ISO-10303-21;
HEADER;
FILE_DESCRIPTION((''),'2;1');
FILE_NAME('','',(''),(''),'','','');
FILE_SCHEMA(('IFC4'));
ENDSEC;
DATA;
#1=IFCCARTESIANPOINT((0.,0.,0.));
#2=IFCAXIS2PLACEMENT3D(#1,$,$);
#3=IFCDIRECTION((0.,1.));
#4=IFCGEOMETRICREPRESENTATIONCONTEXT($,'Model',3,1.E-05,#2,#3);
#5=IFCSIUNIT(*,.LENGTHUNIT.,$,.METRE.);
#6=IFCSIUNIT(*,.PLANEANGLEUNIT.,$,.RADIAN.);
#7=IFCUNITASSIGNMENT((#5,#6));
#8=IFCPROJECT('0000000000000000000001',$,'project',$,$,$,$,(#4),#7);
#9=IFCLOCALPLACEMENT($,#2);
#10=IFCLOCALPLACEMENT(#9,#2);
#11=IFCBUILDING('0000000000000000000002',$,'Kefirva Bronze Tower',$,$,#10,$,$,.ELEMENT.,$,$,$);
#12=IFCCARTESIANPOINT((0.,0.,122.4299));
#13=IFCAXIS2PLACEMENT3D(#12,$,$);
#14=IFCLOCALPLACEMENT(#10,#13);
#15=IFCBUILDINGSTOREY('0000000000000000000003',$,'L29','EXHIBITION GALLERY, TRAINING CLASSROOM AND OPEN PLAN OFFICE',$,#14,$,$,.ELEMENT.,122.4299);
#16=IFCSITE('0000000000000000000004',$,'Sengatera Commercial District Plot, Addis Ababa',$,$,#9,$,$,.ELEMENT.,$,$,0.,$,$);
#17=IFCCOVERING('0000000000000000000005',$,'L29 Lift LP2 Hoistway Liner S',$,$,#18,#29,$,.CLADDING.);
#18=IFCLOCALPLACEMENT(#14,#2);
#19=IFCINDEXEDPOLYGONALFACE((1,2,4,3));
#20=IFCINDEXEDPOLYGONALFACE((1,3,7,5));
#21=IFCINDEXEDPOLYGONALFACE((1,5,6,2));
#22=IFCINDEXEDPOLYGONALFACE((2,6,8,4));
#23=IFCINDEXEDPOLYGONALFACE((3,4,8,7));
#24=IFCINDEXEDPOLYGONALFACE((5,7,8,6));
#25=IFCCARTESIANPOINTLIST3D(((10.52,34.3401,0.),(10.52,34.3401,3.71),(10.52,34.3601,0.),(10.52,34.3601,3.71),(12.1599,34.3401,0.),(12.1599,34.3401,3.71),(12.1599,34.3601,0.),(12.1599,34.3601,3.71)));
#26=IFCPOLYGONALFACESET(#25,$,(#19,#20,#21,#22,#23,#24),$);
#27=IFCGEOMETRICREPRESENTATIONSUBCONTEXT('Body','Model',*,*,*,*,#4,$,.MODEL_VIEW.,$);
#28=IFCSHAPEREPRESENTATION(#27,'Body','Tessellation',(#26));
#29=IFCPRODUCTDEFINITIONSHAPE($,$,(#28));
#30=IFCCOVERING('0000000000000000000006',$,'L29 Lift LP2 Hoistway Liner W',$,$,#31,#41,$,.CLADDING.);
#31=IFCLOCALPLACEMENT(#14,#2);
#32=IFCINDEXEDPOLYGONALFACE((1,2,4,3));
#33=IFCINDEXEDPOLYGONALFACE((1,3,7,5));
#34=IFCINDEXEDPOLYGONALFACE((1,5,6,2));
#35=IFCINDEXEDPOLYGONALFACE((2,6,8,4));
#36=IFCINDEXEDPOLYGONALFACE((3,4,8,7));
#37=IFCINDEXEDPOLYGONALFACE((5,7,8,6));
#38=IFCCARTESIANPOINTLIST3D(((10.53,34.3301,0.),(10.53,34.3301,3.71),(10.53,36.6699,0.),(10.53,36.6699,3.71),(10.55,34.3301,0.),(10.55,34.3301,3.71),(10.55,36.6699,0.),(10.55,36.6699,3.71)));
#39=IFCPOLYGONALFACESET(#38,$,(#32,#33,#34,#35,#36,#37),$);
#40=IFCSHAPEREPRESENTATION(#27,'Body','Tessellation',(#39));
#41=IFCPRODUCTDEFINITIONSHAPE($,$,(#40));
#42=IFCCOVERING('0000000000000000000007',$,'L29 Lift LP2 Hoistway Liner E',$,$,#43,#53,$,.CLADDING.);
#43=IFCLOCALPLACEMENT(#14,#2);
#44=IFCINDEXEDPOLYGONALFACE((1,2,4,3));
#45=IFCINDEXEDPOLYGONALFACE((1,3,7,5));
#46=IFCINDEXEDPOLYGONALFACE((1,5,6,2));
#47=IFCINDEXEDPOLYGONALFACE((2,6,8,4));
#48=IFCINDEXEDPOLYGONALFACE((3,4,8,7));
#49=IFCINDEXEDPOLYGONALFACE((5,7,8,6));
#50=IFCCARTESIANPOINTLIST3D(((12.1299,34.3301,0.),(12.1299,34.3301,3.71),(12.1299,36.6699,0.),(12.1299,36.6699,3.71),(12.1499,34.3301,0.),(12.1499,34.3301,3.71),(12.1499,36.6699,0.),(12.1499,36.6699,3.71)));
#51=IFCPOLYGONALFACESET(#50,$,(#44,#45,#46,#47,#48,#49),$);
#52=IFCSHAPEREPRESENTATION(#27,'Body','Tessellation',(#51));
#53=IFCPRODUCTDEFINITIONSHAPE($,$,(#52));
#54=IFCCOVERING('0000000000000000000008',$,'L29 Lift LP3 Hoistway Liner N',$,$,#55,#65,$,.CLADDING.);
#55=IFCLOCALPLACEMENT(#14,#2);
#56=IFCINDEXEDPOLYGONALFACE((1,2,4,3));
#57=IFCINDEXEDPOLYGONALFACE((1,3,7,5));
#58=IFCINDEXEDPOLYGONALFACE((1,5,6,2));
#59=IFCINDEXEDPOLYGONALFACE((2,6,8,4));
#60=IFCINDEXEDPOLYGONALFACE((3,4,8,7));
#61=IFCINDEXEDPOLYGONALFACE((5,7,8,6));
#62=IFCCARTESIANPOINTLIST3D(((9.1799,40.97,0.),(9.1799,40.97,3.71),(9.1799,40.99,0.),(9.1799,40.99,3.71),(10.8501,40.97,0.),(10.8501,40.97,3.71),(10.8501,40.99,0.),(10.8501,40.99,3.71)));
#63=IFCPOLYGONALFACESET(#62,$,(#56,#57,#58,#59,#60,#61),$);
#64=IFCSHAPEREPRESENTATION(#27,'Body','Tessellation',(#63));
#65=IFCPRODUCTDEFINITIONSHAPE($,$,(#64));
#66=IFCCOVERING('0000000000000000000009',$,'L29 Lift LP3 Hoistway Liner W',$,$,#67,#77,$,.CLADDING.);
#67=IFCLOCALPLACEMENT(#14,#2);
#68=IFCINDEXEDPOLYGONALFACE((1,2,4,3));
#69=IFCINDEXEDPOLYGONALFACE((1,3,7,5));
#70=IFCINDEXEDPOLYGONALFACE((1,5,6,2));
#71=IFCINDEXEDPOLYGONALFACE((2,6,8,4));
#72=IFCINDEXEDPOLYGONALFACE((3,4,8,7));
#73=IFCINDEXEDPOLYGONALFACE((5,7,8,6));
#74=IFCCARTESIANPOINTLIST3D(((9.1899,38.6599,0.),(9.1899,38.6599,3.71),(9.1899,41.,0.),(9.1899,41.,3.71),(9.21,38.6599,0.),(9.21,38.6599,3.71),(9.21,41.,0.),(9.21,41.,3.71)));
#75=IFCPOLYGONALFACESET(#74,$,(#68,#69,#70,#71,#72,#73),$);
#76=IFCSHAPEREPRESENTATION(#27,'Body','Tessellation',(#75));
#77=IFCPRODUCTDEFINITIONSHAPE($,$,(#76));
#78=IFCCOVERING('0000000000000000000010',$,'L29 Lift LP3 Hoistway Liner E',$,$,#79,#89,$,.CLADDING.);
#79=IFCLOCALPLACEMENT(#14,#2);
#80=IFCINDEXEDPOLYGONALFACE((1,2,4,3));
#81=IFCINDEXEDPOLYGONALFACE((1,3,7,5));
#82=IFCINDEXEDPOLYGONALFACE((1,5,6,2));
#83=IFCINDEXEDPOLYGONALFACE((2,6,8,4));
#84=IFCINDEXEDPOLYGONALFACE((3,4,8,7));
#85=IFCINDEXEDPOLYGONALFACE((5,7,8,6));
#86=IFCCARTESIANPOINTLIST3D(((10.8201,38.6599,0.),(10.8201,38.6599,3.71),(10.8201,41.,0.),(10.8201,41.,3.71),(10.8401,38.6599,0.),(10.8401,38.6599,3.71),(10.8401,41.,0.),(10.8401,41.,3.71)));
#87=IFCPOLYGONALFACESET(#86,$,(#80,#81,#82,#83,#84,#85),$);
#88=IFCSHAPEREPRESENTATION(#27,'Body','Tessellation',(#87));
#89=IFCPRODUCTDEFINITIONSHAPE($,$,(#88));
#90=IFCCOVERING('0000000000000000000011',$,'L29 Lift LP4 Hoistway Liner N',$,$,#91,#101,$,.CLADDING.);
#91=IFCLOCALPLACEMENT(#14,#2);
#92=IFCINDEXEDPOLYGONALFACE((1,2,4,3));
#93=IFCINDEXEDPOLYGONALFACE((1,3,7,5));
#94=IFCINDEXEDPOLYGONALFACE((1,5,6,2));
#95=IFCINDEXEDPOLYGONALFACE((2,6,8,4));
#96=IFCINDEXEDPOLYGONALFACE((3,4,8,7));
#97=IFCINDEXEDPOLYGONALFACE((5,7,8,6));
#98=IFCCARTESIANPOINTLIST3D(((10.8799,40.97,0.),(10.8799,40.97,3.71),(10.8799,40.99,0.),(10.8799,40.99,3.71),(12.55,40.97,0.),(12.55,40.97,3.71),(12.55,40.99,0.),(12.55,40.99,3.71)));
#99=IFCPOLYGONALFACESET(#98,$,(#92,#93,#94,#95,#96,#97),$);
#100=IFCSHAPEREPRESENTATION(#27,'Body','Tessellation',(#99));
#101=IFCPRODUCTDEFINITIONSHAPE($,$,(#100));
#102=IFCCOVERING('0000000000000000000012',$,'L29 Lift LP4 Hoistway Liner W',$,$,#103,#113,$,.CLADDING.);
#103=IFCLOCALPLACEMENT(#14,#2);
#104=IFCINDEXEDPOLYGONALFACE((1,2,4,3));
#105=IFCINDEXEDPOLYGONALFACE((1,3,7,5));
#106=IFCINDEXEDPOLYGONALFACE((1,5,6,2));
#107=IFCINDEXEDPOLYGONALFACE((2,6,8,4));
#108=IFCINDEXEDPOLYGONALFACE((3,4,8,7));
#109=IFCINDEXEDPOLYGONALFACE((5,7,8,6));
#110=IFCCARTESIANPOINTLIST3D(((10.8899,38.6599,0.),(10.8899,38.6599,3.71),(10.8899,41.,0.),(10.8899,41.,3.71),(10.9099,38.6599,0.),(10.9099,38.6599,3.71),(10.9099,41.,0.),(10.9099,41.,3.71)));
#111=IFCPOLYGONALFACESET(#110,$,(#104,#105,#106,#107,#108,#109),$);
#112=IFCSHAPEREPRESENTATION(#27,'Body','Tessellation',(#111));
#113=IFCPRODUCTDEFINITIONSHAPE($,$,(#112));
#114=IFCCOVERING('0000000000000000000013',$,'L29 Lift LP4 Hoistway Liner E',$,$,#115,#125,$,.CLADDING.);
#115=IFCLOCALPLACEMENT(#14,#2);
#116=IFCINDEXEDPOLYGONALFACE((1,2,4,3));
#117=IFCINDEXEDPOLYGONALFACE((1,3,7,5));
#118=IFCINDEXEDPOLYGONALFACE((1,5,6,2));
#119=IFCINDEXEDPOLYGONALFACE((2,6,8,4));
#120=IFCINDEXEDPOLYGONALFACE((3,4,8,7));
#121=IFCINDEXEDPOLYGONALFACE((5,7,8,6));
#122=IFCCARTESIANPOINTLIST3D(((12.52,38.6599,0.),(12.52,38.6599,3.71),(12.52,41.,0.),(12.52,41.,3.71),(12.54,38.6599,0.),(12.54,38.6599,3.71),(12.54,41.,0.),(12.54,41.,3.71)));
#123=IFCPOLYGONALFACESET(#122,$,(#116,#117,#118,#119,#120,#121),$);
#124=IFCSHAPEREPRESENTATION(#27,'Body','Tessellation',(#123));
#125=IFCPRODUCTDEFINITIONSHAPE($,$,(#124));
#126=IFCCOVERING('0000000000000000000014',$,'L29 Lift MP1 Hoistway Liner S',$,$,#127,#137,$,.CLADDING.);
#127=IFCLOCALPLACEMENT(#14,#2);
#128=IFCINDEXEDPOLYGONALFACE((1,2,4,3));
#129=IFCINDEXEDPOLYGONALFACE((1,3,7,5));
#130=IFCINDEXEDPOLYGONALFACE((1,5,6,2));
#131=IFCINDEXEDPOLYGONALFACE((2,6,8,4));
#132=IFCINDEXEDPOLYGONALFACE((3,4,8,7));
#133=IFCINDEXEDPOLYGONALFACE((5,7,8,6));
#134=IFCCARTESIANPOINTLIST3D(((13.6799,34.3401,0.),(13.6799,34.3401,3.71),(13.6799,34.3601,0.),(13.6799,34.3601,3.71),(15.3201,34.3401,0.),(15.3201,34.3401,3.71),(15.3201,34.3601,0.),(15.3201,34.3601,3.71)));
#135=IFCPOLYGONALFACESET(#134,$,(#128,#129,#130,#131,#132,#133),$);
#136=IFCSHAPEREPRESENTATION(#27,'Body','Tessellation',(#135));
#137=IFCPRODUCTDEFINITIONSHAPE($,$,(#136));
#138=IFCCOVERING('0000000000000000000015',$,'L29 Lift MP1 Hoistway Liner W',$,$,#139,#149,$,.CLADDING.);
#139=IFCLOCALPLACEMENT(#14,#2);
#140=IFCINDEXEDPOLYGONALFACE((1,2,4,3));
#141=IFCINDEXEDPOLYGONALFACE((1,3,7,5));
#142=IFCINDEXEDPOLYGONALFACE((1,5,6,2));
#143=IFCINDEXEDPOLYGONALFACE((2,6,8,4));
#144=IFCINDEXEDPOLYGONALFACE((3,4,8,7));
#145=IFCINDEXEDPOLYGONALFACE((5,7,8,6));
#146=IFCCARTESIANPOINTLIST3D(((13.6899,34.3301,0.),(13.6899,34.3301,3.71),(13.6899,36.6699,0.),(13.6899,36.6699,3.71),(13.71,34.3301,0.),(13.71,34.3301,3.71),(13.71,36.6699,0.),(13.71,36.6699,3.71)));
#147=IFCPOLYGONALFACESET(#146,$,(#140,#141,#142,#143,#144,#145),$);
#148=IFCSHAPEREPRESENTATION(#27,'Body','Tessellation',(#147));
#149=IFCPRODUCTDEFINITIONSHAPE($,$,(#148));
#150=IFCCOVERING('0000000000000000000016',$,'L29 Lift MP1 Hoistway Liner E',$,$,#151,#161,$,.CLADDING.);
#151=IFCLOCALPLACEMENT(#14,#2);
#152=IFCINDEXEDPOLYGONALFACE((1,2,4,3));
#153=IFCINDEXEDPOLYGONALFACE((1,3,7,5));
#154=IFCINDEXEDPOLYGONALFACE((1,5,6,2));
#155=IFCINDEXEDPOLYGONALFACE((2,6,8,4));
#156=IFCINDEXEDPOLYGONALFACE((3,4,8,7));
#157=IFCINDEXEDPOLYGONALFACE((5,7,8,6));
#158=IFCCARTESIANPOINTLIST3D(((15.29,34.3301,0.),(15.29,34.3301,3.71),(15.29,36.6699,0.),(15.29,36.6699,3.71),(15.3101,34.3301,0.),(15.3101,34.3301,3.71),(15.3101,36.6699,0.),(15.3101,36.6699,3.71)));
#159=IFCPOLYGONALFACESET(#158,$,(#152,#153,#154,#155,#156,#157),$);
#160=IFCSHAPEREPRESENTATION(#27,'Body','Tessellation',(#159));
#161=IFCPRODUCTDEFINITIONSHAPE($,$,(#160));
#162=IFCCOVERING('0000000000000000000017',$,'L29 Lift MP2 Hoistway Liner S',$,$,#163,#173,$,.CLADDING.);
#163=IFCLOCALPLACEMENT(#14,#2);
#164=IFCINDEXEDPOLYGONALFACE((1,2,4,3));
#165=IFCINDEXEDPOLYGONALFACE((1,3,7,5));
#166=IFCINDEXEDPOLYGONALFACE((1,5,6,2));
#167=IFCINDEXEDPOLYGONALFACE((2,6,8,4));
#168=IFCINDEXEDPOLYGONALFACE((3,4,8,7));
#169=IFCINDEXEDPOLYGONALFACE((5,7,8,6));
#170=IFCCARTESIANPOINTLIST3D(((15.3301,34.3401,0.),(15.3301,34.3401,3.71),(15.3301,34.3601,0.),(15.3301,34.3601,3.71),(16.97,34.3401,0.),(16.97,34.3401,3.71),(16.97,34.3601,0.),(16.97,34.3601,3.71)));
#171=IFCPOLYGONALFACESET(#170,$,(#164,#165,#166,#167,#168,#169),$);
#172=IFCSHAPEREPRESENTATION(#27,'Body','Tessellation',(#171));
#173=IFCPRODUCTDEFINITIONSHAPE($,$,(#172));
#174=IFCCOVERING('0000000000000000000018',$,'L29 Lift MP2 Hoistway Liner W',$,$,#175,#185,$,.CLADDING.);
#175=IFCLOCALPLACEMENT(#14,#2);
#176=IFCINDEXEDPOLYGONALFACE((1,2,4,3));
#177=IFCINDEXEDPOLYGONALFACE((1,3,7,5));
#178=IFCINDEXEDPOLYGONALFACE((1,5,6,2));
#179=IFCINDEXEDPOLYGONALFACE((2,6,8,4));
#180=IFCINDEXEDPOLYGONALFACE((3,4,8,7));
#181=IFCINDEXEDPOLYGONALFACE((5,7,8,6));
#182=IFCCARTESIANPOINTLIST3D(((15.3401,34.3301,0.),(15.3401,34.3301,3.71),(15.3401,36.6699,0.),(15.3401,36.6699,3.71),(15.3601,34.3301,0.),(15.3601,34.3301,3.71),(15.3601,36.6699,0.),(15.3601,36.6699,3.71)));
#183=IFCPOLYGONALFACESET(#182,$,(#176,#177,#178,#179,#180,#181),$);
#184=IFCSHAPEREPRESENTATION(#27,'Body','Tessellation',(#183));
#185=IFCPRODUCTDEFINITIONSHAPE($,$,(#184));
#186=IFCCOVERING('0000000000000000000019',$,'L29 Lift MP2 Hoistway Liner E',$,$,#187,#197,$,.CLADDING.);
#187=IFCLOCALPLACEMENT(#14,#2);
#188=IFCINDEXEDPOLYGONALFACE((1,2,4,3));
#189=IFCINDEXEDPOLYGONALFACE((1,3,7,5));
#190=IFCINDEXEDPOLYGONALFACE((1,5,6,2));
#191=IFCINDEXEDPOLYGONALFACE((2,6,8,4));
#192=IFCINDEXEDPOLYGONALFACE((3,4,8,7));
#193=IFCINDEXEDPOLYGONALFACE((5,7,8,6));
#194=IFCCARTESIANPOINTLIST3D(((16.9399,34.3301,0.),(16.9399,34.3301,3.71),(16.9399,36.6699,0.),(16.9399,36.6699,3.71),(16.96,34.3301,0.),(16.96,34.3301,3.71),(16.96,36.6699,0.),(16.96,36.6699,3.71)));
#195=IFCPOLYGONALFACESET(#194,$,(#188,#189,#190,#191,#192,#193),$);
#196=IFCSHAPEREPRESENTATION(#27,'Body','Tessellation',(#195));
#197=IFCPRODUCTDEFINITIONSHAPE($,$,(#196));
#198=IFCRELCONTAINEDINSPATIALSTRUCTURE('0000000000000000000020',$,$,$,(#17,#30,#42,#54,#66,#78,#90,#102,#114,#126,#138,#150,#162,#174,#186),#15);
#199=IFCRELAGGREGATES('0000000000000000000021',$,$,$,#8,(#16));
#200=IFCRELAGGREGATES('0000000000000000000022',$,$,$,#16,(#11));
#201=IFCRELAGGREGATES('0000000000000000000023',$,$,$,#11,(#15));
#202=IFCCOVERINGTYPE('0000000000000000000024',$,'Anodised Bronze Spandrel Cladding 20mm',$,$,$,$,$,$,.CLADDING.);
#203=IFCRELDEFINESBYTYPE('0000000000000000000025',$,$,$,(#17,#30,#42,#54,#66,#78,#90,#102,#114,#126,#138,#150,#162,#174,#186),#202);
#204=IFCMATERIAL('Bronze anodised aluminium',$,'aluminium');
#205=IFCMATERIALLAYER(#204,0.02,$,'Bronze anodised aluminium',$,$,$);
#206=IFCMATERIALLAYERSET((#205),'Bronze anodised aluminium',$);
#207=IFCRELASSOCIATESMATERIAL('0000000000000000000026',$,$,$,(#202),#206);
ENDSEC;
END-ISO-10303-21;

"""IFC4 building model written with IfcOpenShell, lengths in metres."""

from ifc_helpers import new_model, si_unit, direction, frame, origin, place, context, subcontext, project, spatial, polyline, outline, extrude, material, layer, layer_set, type_object, element, save


model = new_model("IFC4")

# Units and contexts
model_context = context("Model", 3, precision=1e-05, world=origin(), true_north=direction((0.0, 1.0)))
body_context = subcontext(model_context, "Body", "Model", "MODEL_VIEW")
ifc_project = project(units=[si_unit("LENGTHUNIT", "METRE"), si_unit("PLANEANGLEUNIT", "RADIAN")], contexts=[model_context])

# Site, building, storey
site_placement = place(None, origin())
site = spatial("IfcSite", under=ifc_project, at=site_placement, Name="Sengatera Commercial District Plot, Addis Ababa", CompositionType="ELEMENT", RefElevation=0.0)
building_placement = place(site_placement, origin())
building = spatial("IfcBuilding", under=site, at=building_placement, Name="Kefirva Bronze Tower", CompositionType="ELEMENT")
storey_placement = place(building_placement, frame((0.0, 0.0, 122.4299)))
storey = spatial("IfcBuildingStorey", under=building, at=storey_placement, Name="L29", Description="EXHIBITION GALLERY, TRAINING CLASSROOM AND OPEN PLAN OFFICE", CompositionType="ELEMENT", Elevation=122.4299)

# Coverings
ifc_material = material(Name="Bronze anodised aluminium", Category="aluminium")
ifc_layer_1 = layer(ifc_material, 0.02, Name="Bronze anodised aluminium")
ifc_layer_set_1 = layer_set([ifc_layer_1], Name="Bronze anodised aluminium")
covering_type_1 = type_object("IfcCoveringType", Name="Anodised Bronze Spandrel Cladding 20mm", PredefinedType="CLADDING", material=ifc_layer_set_1)
covering_1_placement = place(storey_placement, origin())
element("IfcCovering", 1, at=covering_1_placement, inside=storey, type_object=covering_type_1, Name="L29 Lift LP2 Hoistway Liner S", PredefinedType="CLADDING", context=body_context, shape_type="SweptSolid", body=[
    extrude(outline(polyline([(10.52, 34.3401), (12.1599, 34.3401), (12.1599, 34.3601), (10.52, 34.3601), (10.52, 34.3401)])), origin(), (0.0, 0.0, 1.0), 3.71),
])
covering_2_placement = place(storey_placement, origin())
element("IfcCovering", 2, at=covering_2_placement, inside=storey, type_object=covering_type_1, Name="L29 Lift LP2 Hoistway Liner W", PredefinedType="CLADDING", context=body_context, shape_type="SweptSolid", body=[
    extrude(outline(polyline([(10.53, 34.3301), (10.55, 34.3301), (10.55, 36.6699), (10.53, 36.6699), (10.53, 34.3301)])), origin(), (0.0, 0.0, 1.0), 3.71),
])
covering_3_placement = place(storey_placement, origin())
element("IfcCovering", 3, at=covering_3_placement, inside=storey, type_object=covering_type_1, Name="L29 Lift LP2 Hoistway Liner E", PredefinedType="CLADDING", context=body_context, shape_type="SweptSolid", body=[
    extrude(outline(polyline([(12.1299, 34.3301), (12.1499, 34.3301), (12.1499, 36.6699), (12.1299, 36.6699), (12.1299, 34.3301)])), origin(), (0.0, 0.0, 1.0), 3.71),
])
covering_4_placement = place(storey_placement, origin())
element("IfcCovering", 4, at=covering_4_placement, inside=storey, type_object=covering_type_1, Name="L29 Lift LP3 Hoistway Liner N", PredefinedType="CLADDING", context=body_context, shape_type="SweptSolid", body=[
    extrude(outline(polyline([(9.1799, 40.97), (10.8501, 40.97), (10.8501, 40.99), (9.1799, 40.99), (9.1799, 40.97)])), origin(), (0.0, 0.0, 1.0), 3.71),
])
covering_5_placement = place(storey_placement, origin())
element("IfcCovering", 5, at=covering_5_placement, inside=storey, type_object=covering_type_1, Name="L29 Lift LP3 Hoistway Liner W", PredefinedType="CLADDING", context=body_context, shape_type="SweptSolid", body=[
    extrude(outline(polyline([(9.1899, 38.6599), (9.21, 38.6599), (9.21, 41.0), (9.1899, 41.0), (9.1899, 38.6599)])), origin(), (0.0, 0.0, 1.0), 3.71),
])
covering_6_placement = place(storey_placement, origin())
element("IfcCovering", 6, at=covering_6_placement, inside=storey, type_object=covering_type_1, Name="L29 Lift LP3 Hoistway Liner E", PredefinedType="CLADDING", context=body_context, shape_type="SweptSolid", body=[
    extrude(outline(polyline([(10.8201, 38.6599), (10.8401, 38.6599), (10.8401, 41.0), (10.8201, 41.0), (10.8201, 38.6599)])), origin(), (0.0, 0.0, 1.0), 3.71),
])
covering_7_placement = place(storey_placement, origin())
element("IfcCovering", 7, at=covering_7_placement, inside=storey, type_object=covering_type_1, Name="L29 Lift LP4 Hoistway Liner N", PredefinedType="CLADDING", context=body_context, shape_type="SweptSolid", body=[
    extrude(outline(polyline([(10.8799, 40.97), (12.55, 40.97), (12.55, 40.99), (10.8799, 40.99), (10.8799, 40.97)])), origin(), (0.0, 0.0, 1.0), 3.71),
])
covering_8_placement = place(storey_placement, origin())
element("IfcCovering", 8, at=covering_8_placement, inside=storey, type_object=covering_type_1, Name="L29 Lift LP4 Hoistway Liner W", PredefinedType="CLADDING", context=body_context, shape_type="SweptSolid", body=[
    extrude(outline(polyline([(10.8899, 38.6599), (10.9099, 38.6599), (10.9099, 41.0), (10.8899, 41.0), (10.8899, 38.6599)])), origin(), (0.0, 0.0, 1.0), 3.71),
])
covering_9_placement = place(storey_placement, origin())
element("IfcCovering", 9, at=covering_9_placement, inside=storey, type_object=covering_type_1, Name="L29 Lift LP4 Hoistway Liner E", PredefinedType="CLADDING", context=body_context, shape_type="SweptSolid", body=[
    extrude(outline(polyline([(12.52, 38.6599), (12.54, 38.6599), (12.54, 41.0), (12.52, 41.0), (12.52, 38.6599)])), origin(), (0.0, 0.0, 1.0), 3.71),
])
covering_10_placement = place(storey_placement, origin())
element("IfcCovering", 10, at=covering_10_placement, inside=storey, type_object=covering_type_1, Name="L29 Lift MP1 Hoistway Liner S", PredefinedType="CLADDING", context=body_context, shape_type="SweptSolid", body=[
    extrude(outline(polyline([(13.6799, 34.3401), (15.3201, 34.3401), (15.3201, 34.3601), (13.6799, 34.3601), (13.6799, 34.3401)])), origin(), (0.0, 0.0, 1.0), 3.71),
])
covering_11_placement = place(storey_placement, origin())
element("IfcCovering", 11, at=covering_11_placement, inside=storey, type_object=covering_type_1, Name="L29 Lift MP1 Hoistway Liner W", PredefinedType="CLADDING", context=body_context, shape_type="SweptSolid", body=[
    extrude(outline(polyline([(13.6899, 34.3301), (13.71, 34.3301), (13.71, 36.6699), (13.6899, 36.6699), (13.6899, 34.3301)])), origin(), (0.0, 0.0, 1.0), 3.71),
])
covering_12_placement = place(storey_placement, origin())
element("IfcCovering", 12, at=covering_12_placement, inside=storey, type_object=covering_type_1, Name="L29 Lift MP1 Hoistway Liner E", PredefinedType="CLADDING", context=body_context, shape_type="SweptSolid", body=[
    extrude(outline(polyline([(15.29, 34.3301), (15.3101, 34.3301), (15.3101, 36.6699), (15.29, 36.6699), (15.29, 34.3301)])), origin(), (0.0, 0.0, 1.0), 3.71),
])
covering_13_placement = place(storey_placement, origin())
element("IfcCovering", 13, at=covering_13_placement, inside=storey, type_object=covering_type_1, Name="L29 Lift MP2 Hoistway Liner S", PredefinedType="CLADDING", context=body_context, shape_type="SweptSolid", body=[
    extrude(outline(polyline([(15.3301, 34.3401), (16.97, 34.3401), (16.97, 34.3601), (15.3301, 34.3601), (15.3301, 34.3401)])), origin(), (0.0, 0.0, 1.0), 3.71),
])
covering_14_placement = place(storey_placement, origin())
element("IfcCovering", 14, at=covering_14_placement, inside=storey, type_object=covering_type_1, Name="L29 Lift MP2 Hoistway Liner W", PredefinedType="CLADDING", context=body_context, shape_type="SweptSolid", body=[
    extrude(outline(polyline([(15.3401, 34.3301), (15.3601, 34.3301), (15.3601, 36.6699), (15.3401, 36.6699), (15.3401, 34.3301)])), origin(), (0.0, 0.0, 1.0), 3.71),
])
covering_15_placement = place(storey_placement, origin())
element("IfcCovering", 15, at=covering_15_placement, inside=storey, type_object=covering_type_1, Name="L29 Lift MP2 Hoistway Liner E", PredefinedType="CLADDING", context=body_context, shape_type="SweptSolid", body=[
    extrude(outline(polyline([(16.9399, 34.3301), (16.96, 34.3301), (16.96, 36.6699), (16.9399, 36.6699), (16.9399, 34.3301)])), origin(), (0.0, 0.0, 1.0), 3.71),
])

save(model, "model.ifc")
